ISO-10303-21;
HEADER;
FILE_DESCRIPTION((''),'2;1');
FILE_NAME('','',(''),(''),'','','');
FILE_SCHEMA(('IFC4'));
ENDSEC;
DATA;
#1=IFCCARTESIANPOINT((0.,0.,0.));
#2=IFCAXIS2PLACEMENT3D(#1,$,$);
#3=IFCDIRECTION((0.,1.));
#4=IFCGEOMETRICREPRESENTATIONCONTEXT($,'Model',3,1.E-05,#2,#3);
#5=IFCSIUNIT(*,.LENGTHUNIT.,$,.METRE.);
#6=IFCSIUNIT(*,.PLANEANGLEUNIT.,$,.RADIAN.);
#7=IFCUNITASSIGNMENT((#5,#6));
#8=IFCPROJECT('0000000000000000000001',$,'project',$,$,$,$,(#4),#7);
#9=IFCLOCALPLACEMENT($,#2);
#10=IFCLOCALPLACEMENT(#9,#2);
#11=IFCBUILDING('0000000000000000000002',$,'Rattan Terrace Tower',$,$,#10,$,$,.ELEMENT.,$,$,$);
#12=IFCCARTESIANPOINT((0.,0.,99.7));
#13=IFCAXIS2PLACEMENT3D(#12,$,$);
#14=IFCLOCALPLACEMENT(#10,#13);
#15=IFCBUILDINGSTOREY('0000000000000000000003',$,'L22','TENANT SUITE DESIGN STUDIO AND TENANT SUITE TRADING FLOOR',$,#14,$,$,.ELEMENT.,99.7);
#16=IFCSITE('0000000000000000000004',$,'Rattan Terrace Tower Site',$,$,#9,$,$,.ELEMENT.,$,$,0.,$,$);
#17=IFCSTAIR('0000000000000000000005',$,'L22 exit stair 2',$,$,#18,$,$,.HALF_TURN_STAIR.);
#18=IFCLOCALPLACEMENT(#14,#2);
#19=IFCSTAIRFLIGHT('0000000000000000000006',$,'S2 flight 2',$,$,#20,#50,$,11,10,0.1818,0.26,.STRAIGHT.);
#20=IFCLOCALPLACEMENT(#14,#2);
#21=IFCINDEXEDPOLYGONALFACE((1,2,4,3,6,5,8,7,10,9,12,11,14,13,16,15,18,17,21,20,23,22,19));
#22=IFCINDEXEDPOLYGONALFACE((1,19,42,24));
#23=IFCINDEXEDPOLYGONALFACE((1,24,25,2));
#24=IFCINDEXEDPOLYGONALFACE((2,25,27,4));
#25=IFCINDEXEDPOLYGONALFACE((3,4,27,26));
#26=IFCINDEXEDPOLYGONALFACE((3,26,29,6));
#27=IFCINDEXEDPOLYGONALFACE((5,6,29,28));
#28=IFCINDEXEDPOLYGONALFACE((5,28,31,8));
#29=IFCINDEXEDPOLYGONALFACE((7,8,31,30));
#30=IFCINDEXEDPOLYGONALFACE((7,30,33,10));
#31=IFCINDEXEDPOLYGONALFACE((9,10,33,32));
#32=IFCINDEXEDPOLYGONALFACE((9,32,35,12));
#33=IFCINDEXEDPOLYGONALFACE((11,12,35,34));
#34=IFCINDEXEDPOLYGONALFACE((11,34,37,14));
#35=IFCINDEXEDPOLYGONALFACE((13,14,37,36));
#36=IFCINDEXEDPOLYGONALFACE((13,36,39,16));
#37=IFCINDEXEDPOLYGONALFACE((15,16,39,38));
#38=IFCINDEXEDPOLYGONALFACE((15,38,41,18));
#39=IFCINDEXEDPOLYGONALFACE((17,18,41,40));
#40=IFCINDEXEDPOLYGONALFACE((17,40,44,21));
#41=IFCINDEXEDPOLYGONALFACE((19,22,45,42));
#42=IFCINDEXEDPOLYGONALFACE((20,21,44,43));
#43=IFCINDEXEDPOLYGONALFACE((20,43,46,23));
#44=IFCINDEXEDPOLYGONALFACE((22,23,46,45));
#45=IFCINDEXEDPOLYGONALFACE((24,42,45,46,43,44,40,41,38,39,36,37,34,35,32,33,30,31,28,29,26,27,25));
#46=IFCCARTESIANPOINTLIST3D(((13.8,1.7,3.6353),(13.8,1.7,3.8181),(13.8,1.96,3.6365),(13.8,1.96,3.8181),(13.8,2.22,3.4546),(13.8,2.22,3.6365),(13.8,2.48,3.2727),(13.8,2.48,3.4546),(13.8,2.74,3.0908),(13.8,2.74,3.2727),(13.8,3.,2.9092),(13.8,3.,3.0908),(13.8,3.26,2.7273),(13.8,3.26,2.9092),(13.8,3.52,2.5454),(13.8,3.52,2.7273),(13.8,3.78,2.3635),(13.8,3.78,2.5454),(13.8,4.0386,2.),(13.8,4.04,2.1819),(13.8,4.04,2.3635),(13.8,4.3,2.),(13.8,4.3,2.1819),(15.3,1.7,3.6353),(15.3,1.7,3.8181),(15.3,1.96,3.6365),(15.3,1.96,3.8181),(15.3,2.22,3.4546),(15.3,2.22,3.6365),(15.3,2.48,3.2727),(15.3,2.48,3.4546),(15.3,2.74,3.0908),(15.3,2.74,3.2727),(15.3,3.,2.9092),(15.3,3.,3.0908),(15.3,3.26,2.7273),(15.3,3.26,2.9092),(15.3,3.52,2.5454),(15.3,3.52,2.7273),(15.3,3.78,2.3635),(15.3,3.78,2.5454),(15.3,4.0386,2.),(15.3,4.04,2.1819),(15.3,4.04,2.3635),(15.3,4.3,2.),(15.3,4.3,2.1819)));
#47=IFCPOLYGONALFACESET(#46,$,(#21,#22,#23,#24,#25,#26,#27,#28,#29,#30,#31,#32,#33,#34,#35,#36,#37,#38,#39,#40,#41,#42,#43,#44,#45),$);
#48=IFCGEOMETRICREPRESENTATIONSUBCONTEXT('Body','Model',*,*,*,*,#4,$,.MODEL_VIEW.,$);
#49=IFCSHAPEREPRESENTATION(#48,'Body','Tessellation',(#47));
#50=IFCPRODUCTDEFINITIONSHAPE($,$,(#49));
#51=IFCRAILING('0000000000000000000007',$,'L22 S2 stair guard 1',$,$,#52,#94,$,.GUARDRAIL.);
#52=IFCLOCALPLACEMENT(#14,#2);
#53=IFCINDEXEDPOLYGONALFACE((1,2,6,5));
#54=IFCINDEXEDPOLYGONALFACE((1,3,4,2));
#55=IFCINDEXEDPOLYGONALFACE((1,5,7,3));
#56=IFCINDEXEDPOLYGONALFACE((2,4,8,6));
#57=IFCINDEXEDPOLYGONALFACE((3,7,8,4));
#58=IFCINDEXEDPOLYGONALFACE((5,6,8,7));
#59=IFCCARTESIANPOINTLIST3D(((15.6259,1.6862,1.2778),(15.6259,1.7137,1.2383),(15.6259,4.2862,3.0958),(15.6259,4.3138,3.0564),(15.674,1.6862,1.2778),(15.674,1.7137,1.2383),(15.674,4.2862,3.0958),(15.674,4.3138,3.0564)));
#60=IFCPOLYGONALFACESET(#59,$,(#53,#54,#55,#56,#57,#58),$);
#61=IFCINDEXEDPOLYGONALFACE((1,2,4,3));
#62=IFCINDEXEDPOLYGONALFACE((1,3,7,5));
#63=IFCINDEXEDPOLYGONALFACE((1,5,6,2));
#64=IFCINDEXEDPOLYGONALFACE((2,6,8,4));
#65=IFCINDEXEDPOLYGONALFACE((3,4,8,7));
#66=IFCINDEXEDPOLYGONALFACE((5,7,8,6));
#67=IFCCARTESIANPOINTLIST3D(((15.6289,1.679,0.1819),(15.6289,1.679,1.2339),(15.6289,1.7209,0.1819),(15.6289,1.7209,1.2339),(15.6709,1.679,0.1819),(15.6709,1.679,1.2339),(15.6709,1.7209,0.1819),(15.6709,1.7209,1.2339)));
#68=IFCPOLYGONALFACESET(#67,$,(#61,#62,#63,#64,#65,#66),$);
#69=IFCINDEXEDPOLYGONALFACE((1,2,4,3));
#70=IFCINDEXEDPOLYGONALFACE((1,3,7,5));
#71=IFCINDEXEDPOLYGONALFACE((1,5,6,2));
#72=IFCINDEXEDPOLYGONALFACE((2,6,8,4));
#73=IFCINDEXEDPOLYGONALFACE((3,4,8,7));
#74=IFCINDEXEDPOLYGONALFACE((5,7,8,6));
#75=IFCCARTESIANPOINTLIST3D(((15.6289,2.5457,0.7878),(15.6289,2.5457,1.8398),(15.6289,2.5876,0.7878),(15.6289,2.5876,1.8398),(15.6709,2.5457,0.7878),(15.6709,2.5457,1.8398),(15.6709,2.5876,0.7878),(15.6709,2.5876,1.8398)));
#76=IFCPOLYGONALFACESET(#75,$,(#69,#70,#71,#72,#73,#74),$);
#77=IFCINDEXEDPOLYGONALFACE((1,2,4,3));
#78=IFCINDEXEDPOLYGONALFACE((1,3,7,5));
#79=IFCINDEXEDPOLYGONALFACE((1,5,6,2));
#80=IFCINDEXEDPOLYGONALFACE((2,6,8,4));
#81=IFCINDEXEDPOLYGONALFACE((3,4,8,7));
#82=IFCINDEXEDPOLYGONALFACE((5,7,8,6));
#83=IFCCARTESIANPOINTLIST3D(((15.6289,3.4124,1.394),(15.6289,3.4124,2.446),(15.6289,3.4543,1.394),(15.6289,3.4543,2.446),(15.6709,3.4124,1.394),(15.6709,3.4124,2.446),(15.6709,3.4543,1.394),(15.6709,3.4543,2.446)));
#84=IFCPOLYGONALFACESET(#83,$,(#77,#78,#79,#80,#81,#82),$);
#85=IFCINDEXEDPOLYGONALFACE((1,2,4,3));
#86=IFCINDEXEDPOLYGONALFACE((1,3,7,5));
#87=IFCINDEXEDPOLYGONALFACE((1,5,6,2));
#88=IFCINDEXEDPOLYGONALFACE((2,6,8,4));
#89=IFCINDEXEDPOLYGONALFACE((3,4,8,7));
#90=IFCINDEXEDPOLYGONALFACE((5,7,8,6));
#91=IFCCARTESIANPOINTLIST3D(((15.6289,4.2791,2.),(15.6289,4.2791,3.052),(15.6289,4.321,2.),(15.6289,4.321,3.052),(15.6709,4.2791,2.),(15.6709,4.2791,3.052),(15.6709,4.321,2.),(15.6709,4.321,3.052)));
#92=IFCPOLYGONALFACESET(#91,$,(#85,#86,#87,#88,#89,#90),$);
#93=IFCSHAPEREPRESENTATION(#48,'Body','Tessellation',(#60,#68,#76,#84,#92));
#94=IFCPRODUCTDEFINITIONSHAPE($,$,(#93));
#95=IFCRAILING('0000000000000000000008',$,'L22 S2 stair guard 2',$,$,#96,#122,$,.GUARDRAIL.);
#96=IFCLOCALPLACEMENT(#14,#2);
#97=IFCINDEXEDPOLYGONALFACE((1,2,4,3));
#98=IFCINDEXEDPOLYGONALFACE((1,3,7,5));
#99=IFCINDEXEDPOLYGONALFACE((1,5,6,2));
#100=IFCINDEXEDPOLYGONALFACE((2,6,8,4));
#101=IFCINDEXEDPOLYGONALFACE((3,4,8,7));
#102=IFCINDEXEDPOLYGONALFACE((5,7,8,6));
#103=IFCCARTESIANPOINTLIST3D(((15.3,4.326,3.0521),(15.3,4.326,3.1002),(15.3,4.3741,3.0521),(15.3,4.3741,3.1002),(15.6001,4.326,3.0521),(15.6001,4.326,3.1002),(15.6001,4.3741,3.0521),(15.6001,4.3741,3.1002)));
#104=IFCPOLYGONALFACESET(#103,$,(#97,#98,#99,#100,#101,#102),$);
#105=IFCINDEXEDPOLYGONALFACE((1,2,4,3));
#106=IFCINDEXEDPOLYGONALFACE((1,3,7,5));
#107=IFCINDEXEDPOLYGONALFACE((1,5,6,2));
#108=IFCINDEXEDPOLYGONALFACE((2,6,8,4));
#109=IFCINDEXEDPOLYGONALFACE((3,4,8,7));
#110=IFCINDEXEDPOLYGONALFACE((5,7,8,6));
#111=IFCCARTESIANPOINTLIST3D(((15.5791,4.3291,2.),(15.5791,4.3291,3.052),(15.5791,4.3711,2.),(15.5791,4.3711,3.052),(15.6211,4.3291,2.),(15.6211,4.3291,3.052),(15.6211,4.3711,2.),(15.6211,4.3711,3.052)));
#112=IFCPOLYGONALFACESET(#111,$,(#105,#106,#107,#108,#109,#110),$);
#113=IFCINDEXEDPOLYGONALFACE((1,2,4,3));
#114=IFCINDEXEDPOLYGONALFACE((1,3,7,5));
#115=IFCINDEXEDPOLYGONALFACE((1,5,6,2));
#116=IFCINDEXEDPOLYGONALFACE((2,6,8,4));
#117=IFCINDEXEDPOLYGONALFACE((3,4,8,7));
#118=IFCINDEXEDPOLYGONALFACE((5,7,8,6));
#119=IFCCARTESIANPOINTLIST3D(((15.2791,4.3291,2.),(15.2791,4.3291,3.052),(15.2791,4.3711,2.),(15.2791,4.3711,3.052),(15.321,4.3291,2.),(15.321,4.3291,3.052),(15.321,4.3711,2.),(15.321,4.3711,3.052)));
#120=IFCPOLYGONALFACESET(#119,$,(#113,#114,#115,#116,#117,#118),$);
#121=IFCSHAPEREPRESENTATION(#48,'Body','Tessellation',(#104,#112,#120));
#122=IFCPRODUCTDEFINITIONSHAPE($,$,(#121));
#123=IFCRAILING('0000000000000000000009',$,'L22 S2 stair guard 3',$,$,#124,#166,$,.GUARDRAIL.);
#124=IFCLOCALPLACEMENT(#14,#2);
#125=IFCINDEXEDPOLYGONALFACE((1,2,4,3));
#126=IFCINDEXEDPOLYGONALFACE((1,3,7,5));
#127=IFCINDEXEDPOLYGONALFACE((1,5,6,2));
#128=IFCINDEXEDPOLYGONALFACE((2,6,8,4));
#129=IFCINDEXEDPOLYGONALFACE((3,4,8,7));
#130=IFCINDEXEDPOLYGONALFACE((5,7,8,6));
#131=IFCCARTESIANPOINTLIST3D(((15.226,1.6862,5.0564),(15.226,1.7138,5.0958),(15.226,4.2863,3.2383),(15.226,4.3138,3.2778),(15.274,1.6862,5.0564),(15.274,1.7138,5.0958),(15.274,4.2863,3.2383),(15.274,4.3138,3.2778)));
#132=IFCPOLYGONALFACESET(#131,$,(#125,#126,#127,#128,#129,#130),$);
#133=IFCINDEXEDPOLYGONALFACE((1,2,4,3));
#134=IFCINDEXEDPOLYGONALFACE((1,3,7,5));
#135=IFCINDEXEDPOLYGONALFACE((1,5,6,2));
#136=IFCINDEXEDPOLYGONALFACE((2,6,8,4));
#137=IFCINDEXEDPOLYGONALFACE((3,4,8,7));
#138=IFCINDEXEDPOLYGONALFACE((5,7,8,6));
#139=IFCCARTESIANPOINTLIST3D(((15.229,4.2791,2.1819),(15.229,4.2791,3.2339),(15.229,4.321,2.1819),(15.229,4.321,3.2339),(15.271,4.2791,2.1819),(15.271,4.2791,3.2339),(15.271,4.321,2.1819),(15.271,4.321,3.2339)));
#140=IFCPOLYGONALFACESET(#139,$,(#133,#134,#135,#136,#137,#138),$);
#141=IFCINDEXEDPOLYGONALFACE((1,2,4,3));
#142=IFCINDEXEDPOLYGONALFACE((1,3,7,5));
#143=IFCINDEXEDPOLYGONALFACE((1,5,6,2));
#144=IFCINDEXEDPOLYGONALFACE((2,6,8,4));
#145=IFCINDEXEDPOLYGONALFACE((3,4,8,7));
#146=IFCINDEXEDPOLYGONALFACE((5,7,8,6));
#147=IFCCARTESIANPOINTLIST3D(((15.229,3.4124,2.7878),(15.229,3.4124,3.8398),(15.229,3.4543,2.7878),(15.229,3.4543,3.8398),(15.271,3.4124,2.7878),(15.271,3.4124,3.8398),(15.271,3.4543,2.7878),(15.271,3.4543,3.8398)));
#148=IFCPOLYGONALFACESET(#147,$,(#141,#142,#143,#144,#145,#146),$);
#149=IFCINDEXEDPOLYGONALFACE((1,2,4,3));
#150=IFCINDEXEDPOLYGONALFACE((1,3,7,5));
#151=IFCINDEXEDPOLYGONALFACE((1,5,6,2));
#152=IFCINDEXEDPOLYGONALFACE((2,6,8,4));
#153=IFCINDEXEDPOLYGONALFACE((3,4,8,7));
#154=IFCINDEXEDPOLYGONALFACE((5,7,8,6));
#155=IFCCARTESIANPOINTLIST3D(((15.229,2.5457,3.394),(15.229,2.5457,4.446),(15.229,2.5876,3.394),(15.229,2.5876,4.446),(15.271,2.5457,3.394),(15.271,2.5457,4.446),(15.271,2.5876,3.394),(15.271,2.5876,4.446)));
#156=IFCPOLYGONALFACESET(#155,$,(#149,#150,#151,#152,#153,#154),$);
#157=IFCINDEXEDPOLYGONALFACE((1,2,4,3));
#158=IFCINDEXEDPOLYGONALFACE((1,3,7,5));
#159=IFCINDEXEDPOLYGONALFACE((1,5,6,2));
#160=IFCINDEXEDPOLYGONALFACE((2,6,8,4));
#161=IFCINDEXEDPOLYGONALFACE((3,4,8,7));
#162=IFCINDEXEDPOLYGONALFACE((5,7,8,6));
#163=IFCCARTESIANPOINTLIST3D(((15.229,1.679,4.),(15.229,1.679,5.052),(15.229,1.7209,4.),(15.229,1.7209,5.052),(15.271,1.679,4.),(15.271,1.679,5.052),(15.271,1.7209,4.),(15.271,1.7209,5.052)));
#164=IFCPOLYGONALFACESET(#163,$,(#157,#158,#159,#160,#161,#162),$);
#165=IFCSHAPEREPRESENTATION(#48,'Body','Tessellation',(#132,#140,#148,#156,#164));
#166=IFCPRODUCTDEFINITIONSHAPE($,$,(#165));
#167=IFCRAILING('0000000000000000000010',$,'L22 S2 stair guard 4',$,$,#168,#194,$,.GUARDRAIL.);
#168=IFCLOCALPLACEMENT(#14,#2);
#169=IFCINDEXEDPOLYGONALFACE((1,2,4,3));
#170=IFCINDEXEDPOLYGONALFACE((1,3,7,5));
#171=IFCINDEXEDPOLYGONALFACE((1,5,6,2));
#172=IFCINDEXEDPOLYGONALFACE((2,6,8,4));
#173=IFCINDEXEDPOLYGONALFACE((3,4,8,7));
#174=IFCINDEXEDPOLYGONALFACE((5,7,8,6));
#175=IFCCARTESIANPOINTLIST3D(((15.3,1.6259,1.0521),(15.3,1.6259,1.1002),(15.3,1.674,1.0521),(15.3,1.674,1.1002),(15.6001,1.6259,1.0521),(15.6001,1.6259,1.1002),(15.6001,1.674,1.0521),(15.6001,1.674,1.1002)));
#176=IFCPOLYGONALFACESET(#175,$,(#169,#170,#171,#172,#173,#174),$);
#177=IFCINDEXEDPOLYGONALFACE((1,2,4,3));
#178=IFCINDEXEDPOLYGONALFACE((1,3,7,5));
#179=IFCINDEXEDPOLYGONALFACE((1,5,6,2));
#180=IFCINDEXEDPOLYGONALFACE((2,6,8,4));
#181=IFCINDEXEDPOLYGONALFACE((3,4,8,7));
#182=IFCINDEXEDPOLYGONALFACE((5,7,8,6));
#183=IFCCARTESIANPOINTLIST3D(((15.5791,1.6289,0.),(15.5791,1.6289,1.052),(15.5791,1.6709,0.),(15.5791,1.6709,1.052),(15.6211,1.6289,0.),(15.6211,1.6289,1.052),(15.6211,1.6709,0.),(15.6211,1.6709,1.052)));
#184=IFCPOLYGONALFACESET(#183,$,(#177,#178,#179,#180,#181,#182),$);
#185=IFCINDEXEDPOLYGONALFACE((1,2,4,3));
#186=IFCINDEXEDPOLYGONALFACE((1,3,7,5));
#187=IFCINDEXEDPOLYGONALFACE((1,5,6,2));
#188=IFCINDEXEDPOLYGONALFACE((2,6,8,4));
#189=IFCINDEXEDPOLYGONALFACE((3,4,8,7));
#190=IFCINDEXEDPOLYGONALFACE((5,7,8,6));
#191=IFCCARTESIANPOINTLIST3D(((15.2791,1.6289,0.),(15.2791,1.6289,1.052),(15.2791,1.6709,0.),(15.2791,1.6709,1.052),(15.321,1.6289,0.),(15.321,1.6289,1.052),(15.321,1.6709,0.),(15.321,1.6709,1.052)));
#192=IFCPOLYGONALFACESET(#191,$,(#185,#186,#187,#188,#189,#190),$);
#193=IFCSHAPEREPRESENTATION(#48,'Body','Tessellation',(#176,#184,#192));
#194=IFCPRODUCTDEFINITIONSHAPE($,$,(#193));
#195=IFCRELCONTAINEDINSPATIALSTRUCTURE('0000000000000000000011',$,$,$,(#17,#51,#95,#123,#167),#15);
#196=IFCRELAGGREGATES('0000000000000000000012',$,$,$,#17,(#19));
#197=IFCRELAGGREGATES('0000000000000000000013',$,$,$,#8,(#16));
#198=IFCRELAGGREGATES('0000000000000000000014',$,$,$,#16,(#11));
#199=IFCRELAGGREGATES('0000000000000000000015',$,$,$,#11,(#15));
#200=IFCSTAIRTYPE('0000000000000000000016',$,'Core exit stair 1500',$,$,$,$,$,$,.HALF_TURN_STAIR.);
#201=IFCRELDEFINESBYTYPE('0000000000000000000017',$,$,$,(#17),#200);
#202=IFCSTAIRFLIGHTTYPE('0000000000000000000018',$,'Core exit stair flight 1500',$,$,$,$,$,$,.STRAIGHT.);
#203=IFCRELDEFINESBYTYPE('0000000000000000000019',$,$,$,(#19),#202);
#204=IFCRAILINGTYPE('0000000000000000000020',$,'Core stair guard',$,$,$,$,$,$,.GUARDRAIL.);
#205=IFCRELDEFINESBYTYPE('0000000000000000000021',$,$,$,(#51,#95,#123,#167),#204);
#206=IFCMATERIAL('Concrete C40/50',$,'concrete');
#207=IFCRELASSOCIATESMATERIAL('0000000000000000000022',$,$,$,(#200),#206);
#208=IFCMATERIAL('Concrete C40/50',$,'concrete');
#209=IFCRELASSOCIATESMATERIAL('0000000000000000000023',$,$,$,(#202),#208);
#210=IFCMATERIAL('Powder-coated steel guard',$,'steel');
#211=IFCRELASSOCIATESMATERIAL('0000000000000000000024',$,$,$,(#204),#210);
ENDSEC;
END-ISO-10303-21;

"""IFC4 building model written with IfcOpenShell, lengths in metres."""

from ifc_helpers import new_model, si_unit, direction, frame, origin, origin_2d, place, context, subcontext, project, spatial, polyline, rectangle, outline, extrude, material, type_object, element, aggregate, save


model = new_model("IFC4")

# Units and contexts
model_context = context("Model", 3, precision=1e-05, world=origin(), true_north=direction((0.0, 1.0)))
body_context = subcontext(model_context, "Body", "Model", "MODEL_VIEW")
ifc_project = project(units=[si_unit("LENGTHUNIT", "METRE"), si_unit("PLANEANGLEUNIT", "RADIAN")], contexts=[model_context])

# Site, building, storey
site_placement = place(None, origin())
site = spatial("IfcSite", under=ifc_project, at=site_placement, Name="Rattan Terrace Tower Site", CompositionType="ELEMENT", RefElevation=0.0)
building_placement = place(site_placement, origin())
building = spatial("IfcBuilding", under=site, at=building_placement, Name="Rattan Terrace Tower", CompositionType="ELEMENT")
storey_placement = place(building_placement, frame((0.0, 0.0, 99.7)))
storey = spatial("IfcBuildingStorey", under=building, at=storey_placement, Name="L22", Description="TENANT SUITE DESIGN STUDIO AND TENANT SUITE TRADING FLOOR", CompositionType="ELEMENT", Elevation=99.7)

# Stair, stair flight
ifc_material_1 = material(Name="Concrete C40/50", Category="concrete")
stair_type = type_object("IfcStairType", Name="Core exit stair 1500", PredefinedType="HALF_TURN_STAIR", material=ifc_material_1)
stair_placement = place(storey_placement, origin())
stair = element("IfcStair", 1, at=stair_placement, inside=storey, type_object=stair_type, Name="L22 exit stair 2", PredefinedType="HALF_TURN_STAIR")
ifc_material_2 = material(Name="Concrete C40/50", Category="concrete")
stair_flight_type = type_object("IfcStairFlightType", Name="Core exit stair flight 1500", PredefinedType="STRAIGHT", material=ifc_material_2)
stair_flight_1_placement = place(storey_placement, frame((14.55, 4.3, 2.0), z_axis=(0.0, 0.0, 1.0), x_axis=(0.0, -1.0, 0.0)))
stair_flight_1 = element("IfcStairFlight", 2, at=stair_flight_1_placement, type_object=stair_flight_type, Name="S2 flight 2", NumberOfRisers=11, NumberOfTreads=10, PredefinedType="STRAIGHT", RiserHeight=0.1818, TreadLength=0.26, context=body_context, shape_type="SweptSolid", body=[
    extrude(outline(polyline([(0.0, 0.0), (0.0, 0.1819), (0.26, 0.1819), (0.26, 0.3635), (0.52, 0.3635), (0.52, 0.5454), (0.78, 0.5454), (0.78, 0.7273), (1.04, 0.7273), (1.04, 0.9092), (1.3, 0.9092), (1.3, 1.0908), (1.5601, 1.0908), (1.5601, 1.2727), (1.8201, 1.2727), (1.8201, 1.4546), (2.0801, 1.4546), (2.0801, 1.6365), (2.3401, 1.6365), (2.3401, 1.8181), (2.6001, 1.8181), (2.6001, 2.0), (2.6001, 1.6353), (0.2615, 0.0), (0.0, 0.0)])), frame((0.0, 0.75, 0.0), z_axis=(0.0, -1.0, 0.0), x_axis=(1.0, 0.0, 0.0)), (0.0, 0.0, 1.0), 1.5),
])
aggregate(stair, [stair_flight_1])

# Railings
ifc_material_3 = material(Name="Powder-coated steel guard", Category="steel")
railing_type_1 = type_object("IfcRailingType", Name="Core stair guard", PredefinedType="GUARDRAIL", material=ifc_material_3)
railing_1_placement = place(storey_placement, frame((15.6499, 1.7, 0.1819)))
element("IfcRailing", 3, at=railing_1_placement, inside=storey, type_object=railing_type_1, Name="L22 S2 stair guard 1", PredefinedType="GUARDRAIL", context=body_context, shape_type="SweptSolid", body=[
    extrude(rectangle(XDim=0.0481, YDim=0.0481, at=origin_2d()), frame((0.0, 0.0, 1.0762), z_axis=(0.0, 0.819521, 0.573049), x_axis=(-1.0, 0.0, 0.0)), (0.0, 0.0, 1.0), 3.1726),
    extrude(rectangle(XDim=0.042, YDim=0.042, at=origin_2d()), origin(), (0.0, 0.0, 1.0), 1.052),
    extrude(rectangle(XDim=0.042, YDim=0.042, at=origin_2d()), frame((0.0, 0.8667, 0.606)), (0.0, 0.0, 1.0), 1.052),
    extrude(rectangle(XDim=0.042, YDim=0.042, at=origin_2d()), frame((0.0, 1.7334, 1.2122)), (0.0, 0.0, 1.0), 1.052),
    extrude(rectangle(XDim=0.042, YDim=0.042, at=origin_2d()), frame((0.0, 2.6001, 1.8181)), (0.0, 0.0, 1.0), 1.052),
])
railing_2_placement = place(storey_placement, frame((15.6001, 4.3501, 2.0)))
element("IfcRailing", 4, at=railing_2_placement, inside=storey, type_object=railing_type_1, Name="L22 S2 stair guard 2", PredefinedType="GUARDRAIL", context=body_context, shape_type="SweptSolid", body=[
    extrude(rectangle(XDim=0.0481, YDim=0.0481, at=origin_2d()), frame((0.0, 0.0, 1.0762), z_axis=(-1.0, 0.0, 0.0), x_axis=(0.0, -1.0, 0.0)), (0.0, 0.0, 1.0), 0.3),
    extrude(rectangle(XDim=0.042, YDim=0.042, at=origin_2d()), origin(), (0.0, 0.0, 1.0), 1.052),
    extrude(rectangle(XDim=0.042, YDim=0.042, at=origin_2d()), frame((-0.3, 0.0, 0.0)), (0.0, 0.0, 1.0), 1.052),
])
railing_3_placement = place(storey_placement, frame((15.25, 4.3, 2.1819)))
element("IfcRailing", 5, at=railing_3_placement, inside=storey, type_object=railing_type_1, Name="L22 S2 stair guard 3", PredefinedType="GUARDRAIL", context=body_context, shape_type="SweptSolid", body=[
    extrude(rectangle(XDim=0.0481, YDim=0.0481, at=origin_2d()), frame((0.0, 0.0, 1.0762), z_axis=(0.0, -0.819521, 0.573049), x_axis=(1.0, 0.0, 0.0)), (0.0, 0.0, 1.0), 3.1726),
    extrude(rectangle(XDim=0.042, YDim=0.042, at=origin_2d()), origin(), (0.0, 0.0, 1.0), 1.052),
    extrude(rectangle(XDim=0.042, YDim=0.042, at=origin_2d()), frame((0.0, -0.8667, 0.606)), (0.0, 0.0, 1.0), 1.052),
    extrude(rectangle(XDim=0.042, YDim=0.042, at=origin_2d()), frame((0.0, -1.7334, 1.2122)), (0.0, 0.0, 1.0), 1.052),
    extrude(rectangle(XDim=0.042, YDim=0.042, at=origin_2d()), frame((0.0, -2.6001, 1.8181)), (0.0, 0.0, 1.0), 1.052),
])
railing_4_placement = place(storey_placement, frame((15.6001, 1.6499, 0.0)))
element("IfcRailing", 6, at=railing_4_placement, inside=storey, type_object=railing_type_1, Name="L22 S2 stair guard 4", PredefinedType="GUARDRAIL", context=body_context, shape_type="SweptSolid", body=[
    extrude(rectangle(XDim=0.0481, YDim=0.0481, at=origin_2d()), frame((0.0, 0.0, 1.0762), z_axis=(-1.0, 0.0, 0.0), x_axis=(0.0, -1.0, 0.0)), (0.0, 0.0, 1.0), 0.3),
    extrude(rectangle(XDim=0.042, YDim=0.042, at=origin_2d()), origin(), (0.0, 0.0, 1.0), 1.052),
    extrude(rectangle(XDim=0.042, YDim=0.042, at=origin_2d()), frame((-0.3, 0.0, 0.0)), (0.0, 0.0, 1.0), 1.052),
])

save(model, "model.ifc")
